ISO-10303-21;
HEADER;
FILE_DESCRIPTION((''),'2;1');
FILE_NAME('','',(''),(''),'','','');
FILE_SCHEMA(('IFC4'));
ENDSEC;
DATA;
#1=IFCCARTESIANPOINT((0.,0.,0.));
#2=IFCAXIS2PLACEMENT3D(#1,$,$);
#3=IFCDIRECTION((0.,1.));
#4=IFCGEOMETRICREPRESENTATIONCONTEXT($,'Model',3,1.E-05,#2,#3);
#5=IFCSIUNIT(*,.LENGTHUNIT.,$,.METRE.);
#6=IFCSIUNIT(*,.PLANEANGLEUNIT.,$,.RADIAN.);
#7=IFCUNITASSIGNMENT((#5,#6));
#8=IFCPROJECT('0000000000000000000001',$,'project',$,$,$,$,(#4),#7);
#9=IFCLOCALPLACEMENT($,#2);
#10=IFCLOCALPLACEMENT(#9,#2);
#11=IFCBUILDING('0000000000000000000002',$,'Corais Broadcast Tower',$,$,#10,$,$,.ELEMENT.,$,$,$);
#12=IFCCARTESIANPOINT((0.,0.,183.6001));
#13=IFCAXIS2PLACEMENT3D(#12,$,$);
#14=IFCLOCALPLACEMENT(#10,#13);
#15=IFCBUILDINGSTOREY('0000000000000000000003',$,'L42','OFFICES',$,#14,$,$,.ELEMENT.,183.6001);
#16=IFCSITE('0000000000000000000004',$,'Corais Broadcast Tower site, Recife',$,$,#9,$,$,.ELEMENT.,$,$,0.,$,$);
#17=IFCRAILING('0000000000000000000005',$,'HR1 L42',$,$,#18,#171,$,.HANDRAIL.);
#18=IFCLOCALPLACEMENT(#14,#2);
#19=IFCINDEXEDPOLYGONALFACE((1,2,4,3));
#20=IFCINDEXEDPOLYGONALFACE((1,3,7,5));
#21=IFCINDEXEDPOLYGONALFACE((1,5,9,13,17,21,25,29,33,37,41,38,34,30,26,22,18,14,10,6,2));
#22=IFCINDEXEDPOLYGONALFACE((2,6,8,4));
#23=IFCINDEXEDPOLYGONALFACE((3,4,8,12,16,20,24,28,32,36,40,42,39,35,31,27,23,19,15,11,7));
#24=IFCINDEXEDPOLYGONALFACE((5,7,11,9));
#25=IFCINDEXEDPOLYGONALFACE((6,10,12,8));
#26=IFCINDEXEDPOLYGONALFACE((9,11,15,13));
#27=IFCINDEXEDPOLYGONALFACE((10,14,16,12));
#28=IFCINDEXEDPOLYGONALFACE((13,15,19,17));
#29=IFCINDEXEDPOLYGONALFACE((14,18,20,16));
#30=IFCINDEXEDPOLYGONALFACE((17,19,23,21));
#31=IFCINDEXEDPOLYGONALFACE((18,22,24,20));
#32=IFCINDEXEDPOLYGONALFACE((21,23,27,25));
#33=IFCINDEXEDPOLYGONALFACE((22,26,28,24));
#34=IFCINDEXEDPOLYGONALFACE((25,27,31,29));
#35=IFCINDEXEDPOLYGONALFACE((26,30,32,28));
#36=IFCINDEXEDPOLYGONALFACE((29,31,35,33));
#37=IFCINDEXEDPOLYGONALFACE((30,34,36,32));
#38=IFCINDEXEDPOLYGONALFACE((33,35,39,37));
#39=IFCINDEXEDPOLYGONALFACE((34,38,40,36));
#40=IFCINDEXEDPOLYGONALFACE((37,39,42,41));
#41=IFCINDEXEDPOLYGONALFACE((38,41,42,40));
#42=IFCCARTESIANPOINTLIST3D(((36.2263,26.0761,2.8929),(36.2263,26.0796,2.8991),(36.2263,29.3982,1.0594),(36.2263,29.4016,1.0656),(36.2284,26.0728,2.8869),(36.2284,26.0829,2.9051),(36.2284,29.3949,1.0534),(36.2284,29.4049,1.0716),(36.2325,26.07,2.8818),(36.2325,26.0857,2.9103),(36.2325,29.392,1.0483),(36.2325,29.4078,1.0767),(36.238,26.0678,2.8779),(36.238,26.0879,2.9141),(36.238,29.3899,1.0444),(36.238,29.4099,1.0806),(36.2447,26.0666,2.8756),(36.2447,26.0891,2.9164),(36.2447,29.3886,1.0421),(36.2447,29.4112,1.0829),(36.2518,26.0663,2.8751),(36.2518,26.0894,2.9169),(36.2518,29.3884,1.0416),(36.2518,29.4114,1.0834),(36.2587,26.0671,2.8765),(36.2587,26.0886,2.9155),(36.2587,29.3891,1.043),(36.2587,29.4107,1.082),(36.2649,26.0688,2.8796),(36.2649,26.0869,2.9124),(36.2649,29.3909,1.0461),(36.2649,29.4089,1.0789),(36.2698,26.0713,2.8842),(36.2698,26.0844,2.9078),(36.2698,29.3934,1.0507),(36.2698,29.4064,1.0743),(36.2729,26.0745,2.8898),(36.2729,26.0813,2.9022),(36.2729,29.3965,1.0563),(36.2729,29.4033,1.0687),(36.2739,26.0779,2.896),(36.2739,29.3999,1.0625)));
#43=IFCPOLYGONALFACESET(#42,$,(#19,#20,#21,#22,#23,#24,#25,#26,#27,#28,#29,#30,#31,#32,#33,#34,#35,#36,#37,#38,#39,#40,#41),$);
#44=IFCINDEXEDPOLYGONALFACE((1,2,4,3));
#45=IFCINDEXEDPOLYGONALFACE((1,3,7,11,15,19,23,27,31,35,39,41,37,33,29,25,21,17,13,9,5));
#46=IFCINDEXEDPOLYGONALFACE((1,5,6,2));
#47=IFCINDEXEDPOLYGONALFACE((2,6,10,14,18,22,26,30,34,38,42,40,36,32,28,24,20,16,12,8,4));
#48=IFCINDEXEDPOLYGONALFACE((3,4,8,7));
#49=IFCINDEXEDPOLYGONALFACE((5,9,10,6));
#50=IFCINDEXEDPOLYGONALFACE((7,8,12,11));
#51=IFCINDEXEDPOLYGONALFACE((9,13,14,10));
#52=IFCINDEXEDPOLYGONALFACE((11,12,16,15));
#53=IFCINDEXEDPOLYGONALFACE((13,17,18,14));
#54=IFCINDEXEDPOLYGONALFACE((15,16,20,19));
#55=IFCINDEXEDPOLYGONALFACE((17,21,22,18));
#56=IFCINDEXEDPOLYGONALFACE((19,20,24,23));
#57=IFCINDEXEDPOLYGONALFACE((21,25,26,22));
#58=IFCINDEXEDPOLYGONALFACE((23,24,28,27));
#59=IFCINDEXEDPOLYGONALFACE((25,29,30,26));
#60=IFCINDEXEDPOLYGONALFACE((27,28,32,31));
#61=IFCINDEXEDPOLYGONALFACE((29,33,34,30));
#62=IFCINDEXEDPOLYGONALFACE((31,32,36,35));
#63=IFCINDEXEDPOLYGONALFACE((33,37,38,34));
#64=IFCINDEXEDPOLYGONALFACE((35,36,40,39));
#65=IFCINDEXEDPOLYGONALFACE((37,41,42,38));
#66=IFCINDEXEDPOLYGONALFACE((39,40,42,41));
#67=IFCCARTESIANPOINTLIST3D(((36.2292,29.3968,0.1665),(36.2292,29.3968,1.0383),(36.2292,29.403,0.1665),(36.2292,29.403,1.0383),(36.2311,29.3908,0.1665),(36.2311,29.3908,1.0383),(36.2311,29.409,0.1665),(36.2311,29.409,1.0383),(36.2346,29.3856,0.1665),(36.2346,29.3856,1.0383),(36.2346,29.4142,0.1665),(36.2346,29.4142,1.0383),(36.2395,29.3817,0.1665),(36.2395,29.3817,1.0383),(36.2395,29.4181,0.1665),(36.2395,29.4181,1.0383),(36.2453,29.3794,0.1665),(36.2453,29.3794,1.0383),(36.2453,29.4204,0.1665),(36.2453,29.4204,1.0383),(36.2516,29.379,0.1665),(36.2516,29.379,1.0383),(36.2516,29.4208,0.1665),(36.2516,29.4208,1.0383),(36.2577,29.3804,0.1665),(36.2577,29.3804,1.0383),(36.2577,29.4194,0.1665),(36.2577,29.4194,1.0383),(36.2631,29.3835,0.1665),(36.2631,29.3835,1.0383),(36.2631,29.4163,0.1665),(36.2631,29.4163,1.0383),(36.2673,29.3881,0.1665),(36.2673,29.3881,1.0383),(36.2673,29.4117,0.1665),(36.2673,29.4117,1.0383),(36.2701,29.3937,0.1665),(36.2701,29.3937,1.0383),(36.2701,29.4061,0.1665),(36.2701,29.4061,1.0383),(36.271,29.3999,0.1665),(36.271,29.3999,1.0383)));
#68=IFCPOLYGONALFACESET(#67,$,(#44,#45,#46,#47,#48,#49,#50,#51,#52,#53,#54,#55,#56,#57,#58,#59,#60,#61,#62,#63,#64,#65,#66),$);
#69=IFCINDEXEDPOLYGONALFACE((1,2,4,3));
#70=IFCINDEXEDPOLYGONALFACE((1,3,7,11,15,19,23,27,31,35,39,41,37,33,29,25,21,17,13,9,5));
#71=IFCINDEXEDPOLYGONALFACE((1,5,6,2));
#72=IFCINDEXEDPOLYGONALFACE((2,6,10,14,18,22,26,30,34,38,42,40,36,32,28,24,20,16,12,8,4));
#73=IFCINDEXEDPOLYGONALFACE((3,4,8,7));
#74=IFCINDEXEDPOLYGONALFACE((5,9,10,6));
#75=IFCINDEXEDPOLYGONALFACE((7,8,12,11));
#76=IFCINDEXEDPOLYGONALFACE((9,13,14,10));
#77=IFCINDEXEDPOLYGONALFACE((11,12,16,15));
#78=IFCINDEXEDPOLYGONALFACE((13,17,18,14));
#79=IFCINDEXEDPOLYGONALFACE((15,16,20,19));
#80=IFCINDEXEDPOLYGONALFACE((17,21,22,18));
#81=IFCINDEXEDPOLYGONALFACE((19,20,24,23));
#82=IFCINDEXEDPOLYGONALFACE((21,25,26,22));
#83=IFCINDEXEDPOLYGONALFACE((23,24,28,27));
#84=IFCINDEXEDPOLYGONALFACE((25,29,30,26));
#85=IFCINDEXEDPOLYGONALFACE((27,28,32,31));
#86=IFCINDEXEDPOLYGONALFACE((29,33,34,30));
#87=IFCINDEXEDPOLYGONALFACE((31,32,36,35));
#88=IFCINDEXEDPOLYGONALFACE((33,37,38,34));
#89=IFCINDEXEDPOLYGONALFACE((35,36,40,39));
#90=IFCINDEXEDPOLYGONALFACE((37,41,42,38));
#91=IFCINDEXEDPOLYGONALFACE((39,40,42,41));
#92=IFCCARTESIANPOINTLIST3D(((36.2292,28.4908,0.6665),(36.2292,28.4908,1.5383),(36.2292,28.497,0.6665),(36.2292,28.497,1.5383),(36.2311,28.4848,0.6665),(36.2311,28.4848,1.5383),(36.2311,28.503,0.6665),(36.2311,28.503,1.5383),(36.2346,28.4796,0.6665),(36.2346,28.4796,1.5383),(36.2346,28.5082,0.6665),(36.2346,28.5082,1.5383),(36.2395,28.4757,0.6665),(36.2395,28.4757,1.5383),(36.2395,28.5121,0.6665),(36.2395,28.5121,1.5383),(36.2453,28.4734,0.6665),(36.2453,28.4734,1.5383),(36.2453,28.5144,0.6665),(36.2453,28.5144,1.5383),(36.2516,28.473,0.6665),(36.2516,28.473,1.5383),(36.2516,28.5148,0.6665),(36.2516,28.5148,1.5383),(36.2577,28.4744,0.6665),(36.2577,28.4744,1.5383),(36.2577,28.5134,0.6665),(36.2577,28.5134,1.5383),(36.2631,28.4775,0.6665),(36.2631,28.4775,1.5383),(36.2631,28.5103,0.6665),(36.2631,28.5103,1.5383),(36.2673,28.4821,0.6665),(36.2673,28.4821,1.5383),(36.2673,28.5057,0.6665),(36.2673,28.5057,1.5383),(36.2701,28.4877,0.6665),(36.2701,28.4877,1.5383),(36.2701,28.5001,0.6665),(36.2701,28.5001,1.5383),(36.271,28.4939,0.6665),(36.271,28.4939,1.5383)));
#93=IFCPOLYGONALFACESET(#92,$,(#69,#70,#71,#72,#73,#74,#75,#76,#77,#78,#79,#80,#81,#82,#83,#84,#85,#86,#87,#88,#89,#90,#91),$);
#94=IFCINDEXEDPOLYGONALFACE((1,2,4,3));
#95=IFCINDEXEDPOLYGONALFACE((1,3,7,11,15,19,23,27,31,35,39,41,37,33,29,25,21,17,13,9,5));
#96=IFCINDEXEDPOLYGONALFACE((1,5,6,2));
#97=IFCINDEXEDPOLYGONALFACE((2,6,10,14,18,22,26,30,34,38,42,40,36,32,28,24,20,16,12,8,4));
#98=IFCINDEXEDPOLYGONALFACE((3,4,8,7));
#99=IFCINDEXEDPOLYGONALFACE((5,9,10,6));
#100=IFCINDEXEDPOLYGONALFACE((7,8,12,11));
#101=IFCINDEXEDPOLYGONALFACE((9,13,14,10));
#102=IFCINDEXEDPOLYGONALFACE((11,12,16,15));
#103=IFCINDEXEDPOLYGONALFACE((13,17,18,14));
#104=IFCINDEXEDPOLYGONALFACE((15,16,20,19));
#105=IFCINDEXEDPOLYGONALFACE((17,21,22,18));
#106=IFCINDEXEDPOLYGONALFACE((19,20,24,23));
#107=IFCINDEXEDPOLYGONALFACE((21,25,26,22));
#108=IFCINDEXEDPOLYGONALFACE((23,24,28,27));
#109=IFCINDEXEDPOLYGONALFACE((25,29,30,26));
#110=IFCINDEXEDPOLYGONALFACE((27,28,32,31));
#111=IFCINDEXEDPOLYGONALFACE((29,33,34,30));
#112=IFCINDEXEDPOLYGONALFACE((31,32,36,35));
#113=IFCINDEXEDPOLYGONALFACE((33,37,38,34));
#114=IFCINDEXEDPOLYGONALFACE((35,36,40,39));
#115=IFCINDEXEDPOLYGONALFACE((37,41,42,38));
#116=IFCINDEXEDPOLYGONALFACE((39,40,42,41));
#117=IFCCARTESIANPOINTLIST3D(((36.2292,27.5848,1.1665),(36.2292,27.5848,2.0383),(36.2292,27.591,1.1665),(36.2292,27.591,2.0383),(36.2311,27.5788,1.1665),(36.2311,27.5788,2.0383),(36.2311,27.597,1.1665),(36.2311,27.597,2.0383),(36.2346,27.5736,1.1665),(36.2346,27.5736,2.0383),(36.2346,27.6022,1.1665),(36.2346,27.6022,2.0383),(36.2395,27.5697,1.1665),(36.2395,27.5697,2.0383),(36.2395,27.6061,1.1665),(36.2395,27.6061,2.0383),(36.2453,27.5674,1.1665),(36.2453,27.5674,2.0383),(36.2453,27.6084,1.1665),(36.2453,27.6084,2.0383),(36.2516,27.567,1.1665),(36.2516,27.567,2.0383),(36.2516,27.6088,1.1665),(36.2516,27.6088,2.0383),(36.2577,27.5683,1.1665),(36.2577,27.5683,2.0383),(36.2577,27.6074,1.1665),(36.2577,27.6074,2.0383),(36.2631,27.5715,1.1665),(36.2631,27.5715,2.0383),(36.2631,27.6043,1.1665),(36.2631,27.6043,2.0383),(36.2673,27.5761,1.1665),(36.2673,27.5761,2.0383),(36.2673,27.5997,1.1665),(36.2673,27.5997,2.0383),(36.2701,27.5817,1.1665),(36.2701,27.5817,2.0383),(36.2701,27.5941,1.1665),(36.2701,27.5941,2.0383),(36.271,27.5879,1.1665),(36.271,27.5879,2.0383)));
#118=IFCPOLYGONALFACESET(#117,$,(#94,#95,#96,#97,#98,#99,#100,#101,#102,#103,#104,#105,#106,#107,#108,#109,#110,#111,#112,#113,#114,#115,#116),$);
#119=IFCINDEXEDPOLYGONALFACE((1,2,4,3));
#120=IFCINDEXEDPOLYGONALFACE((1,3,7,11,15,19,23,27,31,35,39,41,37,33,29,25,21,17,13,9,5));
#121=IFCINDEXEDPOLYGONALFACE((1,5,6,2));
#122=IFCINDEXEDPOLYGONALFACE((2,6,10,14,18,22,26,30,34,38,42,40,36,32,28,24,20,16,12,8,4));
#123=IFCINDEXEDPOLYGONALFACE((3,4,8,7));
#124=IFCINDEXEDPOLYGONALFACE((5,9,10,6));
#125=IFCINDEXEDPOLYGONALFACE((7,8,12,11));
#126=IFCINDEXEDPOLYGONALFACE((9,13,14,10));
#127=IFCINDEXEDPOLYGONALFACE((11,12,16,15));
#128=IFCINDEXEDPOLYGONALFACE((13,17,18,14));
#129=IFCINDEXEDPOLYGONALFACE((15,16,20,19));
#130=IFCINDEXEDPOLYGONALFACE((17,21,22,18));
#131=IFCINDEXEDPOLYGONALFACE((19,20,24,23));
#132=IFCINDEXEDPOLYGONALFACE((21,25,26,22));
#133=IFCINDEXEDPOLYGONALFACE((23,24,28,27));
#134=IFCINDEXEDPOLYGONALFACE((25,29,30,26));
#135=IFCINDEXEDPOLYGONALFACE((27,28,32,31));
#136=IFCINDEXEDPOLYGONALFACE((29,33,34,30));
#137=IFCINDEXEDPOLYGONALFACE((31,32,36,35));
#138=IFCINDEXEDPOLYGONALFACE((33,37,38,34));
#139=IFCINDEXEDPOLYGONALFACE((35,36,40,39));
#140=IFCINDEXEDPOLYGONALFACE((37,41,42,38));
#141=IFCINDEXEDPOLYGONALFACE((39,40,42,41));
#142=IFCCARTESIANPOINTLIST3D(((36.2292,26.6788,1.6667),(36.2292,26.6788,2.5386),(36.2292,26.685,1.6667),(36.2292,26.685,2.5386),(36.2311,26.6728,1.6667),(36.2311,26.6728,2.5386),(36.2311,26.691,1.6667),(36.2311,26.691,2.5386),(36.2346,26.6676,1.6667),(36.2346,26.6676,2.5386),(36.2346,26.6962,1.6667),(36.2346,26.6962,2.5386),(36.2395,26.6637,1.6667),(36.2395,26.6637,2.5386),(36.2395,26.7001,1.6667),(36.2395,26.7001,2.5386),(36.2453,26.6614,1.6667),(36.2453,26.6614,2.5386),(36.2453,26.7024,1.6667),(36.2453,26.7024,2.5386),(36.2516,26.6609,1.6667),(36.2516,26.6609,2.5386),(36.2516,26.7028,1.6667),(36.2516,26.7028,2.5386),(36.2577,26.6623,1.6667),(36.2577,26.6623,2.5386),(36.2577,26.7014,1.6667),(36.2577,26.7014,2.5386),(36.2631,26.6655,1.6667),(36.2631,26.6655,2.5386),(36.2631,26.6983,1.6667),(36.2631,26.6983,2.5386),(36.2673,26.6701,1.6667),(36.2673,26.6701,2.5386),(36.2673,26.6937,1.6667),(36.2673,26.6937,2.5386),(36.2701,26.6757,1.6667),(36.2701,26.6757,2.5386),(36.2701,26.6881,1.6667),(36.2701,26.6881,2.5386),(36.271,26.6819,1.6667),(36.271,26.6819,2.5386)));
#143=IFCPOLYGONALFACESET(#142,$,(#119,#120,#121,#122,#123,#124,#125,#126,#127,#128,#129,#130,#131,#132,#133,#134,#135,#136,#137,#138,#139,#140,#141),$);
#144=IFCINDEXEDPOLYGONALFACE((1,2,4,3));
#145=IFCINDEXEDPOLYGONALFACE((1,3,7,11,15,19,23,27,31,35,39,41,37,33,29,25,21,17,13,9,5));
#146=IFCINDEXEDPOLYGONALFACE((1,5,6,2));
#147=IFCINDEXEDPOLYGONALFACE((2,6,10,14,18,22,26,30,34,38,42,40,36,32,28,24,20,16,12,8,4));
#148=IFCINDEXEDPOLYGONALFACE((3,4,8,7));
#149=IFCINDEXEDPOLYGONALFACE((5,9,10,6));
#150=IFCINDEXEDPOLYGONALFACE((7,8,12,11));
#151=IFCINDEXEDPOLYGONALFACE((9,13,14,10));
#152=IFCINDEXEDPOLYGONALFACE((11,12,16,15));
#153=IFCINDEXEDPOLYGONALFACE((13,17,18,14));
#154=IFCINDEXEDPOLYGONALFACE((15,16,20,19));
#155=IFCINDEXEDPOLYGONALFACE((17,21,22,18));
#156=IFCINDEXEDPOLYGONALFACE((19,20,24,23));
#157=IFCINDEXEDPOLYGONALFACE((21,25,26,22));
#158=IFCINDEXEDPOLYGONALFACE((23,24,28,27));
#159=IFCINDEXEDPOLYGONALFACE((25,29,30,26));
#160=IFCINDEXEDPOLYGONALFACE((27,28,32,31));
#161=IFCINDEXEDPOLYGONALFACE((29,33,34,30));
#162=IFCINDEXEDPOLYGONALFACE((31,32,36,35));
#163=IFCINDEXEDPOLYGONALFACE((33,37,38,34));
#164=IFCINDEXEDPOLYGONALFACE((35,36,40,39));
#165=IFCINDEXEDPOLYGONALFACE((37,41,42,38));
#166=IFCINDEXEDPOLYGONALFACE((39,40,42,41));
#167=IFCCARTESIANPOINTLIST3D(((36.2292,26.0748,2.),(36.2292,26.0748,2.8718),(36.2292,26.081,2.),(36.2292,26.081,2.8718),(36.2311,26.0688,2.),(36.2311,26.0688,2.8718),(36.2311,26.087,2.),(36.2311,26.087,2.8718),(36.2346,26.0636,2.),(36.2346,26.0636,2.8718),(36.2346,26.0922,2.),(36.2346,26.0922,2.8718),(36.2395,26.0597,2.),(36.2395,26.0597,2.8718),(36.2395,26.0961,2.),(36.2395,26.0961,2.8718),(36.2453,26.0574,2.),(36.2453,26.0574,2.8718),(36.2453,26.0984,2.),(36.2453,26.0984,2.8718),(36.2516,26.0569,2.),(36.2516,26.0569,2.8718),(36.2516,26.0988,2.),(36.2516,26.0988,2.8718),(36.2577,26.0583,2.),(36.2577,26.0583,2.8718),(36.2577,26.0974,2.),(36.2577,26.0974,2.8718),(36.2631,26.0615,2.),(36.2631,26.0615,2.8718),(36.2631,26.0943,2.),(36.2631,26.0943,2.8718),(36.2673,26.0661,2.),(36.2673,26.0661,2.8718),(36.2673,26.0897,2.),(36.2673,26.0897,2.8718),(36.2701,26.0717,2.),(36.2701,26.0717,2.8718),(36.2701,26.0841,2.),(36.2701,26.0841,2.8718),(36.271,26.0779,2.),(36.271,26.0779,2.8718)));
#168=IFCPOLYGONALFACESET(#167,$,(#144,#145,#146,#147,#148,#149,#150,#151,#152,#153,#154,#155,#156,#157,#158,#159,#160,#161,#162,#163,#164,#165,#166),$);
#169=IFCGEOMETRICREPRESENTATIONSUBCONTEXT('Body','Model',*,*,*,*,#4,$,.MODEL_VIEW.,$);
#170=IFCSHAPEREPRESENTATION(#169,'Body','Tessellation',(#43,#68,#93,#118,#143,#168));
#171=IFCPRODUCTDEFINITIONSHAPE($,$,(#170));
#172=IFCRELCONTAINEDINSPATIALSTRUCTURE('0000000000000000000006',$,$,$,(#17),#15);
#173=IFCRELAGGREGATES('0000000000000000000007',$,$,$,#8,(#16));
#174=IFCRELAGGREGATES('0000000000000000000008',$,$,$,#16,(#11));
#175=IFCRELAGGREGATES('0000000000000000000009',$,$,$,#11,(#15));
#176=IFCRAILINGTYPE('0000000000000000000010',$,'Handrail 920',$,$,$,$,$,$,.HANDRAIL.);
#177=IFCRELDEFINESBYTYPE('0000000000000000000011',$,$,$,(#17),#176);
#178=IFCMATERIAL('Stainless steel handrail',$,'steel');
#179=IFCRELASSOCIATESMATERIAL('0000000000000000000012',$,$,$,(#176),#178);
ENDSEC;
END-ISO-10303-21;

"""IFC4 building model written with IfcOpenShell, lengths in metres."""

from ifc_helpers import new_model, si_unit, direction, frame, origin, origin_2d, place, context, subcontext, project, spatial, circle, extrude, material, type_object, element, save


model = new_model("IFC4")

# Units and contexts
model_context = context("Model", 3, precision=1e-05, world=origin(), true_north=direction((0.0, 1.0)))
body_context = subcontext(model_context, "Body", "Model", "MODEL_VIEW")
ifc_project = project(units=[si_unit("LENGTHUNIT", "METRE"), si_unit("PLANEANGLEUNIT", "RADIAN")], contexts=[model_context])

# Site, building, storey
site_placement = place(None, origin())
site = spatial("IfcSite", under=ifc_project, at=site_placement, Name="Corais Broadcast Tower site, Recife", CompositionType="ELEMENT", RefElevation=0.0)
building_placement = place(site_placement, origin())
building = spatial("IfcBuilding", under=site, at=building_placement, Name="Corais Broadcast Tower", CompositionType="ELEMENT")
storey_placement = place(building_placement, frame((0.0, 0.0, 183.6001)))
storey = spatial("IfcBuildingStorey", under=building, at=storey_placement, Name="L42", Description="OFFICES", CompositionType="ELEMENT", Elevation=183.6001)

# Railing
ifc_material_1 = material(Name="Stainless steel handrail", Category="steel")
railing_type = type_object("IfcRailingType", Name="Handrail 920", PredefinedType="HANDRAIL", material=ifc_material_1)
for number, where, name in (
    (1, (36.25, 29.3999, 0.1665), "HR1 L42"),
):
    element("IfcRailing", number, at=place(storey_placement, frame(where)), inside=storey, type_object=railing_type, Name=name, PredefinedType="HANDRAIL", context=body_context, shape_type="SweptSolid", body=[
        extrude(circle(Radius=0.0239, at=origin_2d()), frame((0.0, 0.0, 0.896), z_axis=(0.0, -0.875504, 0.48321), x_axis=(1.0, 0.0, 0.0)), (0.0, 0.0, 1.0), 3.7944),
        extrude(circle(Radius=0.021, at=origin_2d()), origin(), (0.0, 0.0, 1.0), 0.8718),
        extrude(circle(Radius=0.021, at=origin_2d()), frame((0.0, -0.906, 0.5)), (0.0, 0.0, 1.0), 0.8718),
        extrude(circle(Radius=0.021, at=origin_2d()), frame((0.0, -1.812, 1.0)), (0.0, 0.0, 1.0), 0.8718),
        extrude(circle(Radius=0.021, at=origin_2d()), frame((0.0, -2.718, 1.5002)), (0.0, 0.0, 1.0), 0.8718),
        extrude(circle(Radius=0.021, at=origin_2d()), frame((0.0, -3.322, 1.8335)), (0.0, 0.0, 1.0), 0.8718),
    ])

save(model, "model.ifc")
